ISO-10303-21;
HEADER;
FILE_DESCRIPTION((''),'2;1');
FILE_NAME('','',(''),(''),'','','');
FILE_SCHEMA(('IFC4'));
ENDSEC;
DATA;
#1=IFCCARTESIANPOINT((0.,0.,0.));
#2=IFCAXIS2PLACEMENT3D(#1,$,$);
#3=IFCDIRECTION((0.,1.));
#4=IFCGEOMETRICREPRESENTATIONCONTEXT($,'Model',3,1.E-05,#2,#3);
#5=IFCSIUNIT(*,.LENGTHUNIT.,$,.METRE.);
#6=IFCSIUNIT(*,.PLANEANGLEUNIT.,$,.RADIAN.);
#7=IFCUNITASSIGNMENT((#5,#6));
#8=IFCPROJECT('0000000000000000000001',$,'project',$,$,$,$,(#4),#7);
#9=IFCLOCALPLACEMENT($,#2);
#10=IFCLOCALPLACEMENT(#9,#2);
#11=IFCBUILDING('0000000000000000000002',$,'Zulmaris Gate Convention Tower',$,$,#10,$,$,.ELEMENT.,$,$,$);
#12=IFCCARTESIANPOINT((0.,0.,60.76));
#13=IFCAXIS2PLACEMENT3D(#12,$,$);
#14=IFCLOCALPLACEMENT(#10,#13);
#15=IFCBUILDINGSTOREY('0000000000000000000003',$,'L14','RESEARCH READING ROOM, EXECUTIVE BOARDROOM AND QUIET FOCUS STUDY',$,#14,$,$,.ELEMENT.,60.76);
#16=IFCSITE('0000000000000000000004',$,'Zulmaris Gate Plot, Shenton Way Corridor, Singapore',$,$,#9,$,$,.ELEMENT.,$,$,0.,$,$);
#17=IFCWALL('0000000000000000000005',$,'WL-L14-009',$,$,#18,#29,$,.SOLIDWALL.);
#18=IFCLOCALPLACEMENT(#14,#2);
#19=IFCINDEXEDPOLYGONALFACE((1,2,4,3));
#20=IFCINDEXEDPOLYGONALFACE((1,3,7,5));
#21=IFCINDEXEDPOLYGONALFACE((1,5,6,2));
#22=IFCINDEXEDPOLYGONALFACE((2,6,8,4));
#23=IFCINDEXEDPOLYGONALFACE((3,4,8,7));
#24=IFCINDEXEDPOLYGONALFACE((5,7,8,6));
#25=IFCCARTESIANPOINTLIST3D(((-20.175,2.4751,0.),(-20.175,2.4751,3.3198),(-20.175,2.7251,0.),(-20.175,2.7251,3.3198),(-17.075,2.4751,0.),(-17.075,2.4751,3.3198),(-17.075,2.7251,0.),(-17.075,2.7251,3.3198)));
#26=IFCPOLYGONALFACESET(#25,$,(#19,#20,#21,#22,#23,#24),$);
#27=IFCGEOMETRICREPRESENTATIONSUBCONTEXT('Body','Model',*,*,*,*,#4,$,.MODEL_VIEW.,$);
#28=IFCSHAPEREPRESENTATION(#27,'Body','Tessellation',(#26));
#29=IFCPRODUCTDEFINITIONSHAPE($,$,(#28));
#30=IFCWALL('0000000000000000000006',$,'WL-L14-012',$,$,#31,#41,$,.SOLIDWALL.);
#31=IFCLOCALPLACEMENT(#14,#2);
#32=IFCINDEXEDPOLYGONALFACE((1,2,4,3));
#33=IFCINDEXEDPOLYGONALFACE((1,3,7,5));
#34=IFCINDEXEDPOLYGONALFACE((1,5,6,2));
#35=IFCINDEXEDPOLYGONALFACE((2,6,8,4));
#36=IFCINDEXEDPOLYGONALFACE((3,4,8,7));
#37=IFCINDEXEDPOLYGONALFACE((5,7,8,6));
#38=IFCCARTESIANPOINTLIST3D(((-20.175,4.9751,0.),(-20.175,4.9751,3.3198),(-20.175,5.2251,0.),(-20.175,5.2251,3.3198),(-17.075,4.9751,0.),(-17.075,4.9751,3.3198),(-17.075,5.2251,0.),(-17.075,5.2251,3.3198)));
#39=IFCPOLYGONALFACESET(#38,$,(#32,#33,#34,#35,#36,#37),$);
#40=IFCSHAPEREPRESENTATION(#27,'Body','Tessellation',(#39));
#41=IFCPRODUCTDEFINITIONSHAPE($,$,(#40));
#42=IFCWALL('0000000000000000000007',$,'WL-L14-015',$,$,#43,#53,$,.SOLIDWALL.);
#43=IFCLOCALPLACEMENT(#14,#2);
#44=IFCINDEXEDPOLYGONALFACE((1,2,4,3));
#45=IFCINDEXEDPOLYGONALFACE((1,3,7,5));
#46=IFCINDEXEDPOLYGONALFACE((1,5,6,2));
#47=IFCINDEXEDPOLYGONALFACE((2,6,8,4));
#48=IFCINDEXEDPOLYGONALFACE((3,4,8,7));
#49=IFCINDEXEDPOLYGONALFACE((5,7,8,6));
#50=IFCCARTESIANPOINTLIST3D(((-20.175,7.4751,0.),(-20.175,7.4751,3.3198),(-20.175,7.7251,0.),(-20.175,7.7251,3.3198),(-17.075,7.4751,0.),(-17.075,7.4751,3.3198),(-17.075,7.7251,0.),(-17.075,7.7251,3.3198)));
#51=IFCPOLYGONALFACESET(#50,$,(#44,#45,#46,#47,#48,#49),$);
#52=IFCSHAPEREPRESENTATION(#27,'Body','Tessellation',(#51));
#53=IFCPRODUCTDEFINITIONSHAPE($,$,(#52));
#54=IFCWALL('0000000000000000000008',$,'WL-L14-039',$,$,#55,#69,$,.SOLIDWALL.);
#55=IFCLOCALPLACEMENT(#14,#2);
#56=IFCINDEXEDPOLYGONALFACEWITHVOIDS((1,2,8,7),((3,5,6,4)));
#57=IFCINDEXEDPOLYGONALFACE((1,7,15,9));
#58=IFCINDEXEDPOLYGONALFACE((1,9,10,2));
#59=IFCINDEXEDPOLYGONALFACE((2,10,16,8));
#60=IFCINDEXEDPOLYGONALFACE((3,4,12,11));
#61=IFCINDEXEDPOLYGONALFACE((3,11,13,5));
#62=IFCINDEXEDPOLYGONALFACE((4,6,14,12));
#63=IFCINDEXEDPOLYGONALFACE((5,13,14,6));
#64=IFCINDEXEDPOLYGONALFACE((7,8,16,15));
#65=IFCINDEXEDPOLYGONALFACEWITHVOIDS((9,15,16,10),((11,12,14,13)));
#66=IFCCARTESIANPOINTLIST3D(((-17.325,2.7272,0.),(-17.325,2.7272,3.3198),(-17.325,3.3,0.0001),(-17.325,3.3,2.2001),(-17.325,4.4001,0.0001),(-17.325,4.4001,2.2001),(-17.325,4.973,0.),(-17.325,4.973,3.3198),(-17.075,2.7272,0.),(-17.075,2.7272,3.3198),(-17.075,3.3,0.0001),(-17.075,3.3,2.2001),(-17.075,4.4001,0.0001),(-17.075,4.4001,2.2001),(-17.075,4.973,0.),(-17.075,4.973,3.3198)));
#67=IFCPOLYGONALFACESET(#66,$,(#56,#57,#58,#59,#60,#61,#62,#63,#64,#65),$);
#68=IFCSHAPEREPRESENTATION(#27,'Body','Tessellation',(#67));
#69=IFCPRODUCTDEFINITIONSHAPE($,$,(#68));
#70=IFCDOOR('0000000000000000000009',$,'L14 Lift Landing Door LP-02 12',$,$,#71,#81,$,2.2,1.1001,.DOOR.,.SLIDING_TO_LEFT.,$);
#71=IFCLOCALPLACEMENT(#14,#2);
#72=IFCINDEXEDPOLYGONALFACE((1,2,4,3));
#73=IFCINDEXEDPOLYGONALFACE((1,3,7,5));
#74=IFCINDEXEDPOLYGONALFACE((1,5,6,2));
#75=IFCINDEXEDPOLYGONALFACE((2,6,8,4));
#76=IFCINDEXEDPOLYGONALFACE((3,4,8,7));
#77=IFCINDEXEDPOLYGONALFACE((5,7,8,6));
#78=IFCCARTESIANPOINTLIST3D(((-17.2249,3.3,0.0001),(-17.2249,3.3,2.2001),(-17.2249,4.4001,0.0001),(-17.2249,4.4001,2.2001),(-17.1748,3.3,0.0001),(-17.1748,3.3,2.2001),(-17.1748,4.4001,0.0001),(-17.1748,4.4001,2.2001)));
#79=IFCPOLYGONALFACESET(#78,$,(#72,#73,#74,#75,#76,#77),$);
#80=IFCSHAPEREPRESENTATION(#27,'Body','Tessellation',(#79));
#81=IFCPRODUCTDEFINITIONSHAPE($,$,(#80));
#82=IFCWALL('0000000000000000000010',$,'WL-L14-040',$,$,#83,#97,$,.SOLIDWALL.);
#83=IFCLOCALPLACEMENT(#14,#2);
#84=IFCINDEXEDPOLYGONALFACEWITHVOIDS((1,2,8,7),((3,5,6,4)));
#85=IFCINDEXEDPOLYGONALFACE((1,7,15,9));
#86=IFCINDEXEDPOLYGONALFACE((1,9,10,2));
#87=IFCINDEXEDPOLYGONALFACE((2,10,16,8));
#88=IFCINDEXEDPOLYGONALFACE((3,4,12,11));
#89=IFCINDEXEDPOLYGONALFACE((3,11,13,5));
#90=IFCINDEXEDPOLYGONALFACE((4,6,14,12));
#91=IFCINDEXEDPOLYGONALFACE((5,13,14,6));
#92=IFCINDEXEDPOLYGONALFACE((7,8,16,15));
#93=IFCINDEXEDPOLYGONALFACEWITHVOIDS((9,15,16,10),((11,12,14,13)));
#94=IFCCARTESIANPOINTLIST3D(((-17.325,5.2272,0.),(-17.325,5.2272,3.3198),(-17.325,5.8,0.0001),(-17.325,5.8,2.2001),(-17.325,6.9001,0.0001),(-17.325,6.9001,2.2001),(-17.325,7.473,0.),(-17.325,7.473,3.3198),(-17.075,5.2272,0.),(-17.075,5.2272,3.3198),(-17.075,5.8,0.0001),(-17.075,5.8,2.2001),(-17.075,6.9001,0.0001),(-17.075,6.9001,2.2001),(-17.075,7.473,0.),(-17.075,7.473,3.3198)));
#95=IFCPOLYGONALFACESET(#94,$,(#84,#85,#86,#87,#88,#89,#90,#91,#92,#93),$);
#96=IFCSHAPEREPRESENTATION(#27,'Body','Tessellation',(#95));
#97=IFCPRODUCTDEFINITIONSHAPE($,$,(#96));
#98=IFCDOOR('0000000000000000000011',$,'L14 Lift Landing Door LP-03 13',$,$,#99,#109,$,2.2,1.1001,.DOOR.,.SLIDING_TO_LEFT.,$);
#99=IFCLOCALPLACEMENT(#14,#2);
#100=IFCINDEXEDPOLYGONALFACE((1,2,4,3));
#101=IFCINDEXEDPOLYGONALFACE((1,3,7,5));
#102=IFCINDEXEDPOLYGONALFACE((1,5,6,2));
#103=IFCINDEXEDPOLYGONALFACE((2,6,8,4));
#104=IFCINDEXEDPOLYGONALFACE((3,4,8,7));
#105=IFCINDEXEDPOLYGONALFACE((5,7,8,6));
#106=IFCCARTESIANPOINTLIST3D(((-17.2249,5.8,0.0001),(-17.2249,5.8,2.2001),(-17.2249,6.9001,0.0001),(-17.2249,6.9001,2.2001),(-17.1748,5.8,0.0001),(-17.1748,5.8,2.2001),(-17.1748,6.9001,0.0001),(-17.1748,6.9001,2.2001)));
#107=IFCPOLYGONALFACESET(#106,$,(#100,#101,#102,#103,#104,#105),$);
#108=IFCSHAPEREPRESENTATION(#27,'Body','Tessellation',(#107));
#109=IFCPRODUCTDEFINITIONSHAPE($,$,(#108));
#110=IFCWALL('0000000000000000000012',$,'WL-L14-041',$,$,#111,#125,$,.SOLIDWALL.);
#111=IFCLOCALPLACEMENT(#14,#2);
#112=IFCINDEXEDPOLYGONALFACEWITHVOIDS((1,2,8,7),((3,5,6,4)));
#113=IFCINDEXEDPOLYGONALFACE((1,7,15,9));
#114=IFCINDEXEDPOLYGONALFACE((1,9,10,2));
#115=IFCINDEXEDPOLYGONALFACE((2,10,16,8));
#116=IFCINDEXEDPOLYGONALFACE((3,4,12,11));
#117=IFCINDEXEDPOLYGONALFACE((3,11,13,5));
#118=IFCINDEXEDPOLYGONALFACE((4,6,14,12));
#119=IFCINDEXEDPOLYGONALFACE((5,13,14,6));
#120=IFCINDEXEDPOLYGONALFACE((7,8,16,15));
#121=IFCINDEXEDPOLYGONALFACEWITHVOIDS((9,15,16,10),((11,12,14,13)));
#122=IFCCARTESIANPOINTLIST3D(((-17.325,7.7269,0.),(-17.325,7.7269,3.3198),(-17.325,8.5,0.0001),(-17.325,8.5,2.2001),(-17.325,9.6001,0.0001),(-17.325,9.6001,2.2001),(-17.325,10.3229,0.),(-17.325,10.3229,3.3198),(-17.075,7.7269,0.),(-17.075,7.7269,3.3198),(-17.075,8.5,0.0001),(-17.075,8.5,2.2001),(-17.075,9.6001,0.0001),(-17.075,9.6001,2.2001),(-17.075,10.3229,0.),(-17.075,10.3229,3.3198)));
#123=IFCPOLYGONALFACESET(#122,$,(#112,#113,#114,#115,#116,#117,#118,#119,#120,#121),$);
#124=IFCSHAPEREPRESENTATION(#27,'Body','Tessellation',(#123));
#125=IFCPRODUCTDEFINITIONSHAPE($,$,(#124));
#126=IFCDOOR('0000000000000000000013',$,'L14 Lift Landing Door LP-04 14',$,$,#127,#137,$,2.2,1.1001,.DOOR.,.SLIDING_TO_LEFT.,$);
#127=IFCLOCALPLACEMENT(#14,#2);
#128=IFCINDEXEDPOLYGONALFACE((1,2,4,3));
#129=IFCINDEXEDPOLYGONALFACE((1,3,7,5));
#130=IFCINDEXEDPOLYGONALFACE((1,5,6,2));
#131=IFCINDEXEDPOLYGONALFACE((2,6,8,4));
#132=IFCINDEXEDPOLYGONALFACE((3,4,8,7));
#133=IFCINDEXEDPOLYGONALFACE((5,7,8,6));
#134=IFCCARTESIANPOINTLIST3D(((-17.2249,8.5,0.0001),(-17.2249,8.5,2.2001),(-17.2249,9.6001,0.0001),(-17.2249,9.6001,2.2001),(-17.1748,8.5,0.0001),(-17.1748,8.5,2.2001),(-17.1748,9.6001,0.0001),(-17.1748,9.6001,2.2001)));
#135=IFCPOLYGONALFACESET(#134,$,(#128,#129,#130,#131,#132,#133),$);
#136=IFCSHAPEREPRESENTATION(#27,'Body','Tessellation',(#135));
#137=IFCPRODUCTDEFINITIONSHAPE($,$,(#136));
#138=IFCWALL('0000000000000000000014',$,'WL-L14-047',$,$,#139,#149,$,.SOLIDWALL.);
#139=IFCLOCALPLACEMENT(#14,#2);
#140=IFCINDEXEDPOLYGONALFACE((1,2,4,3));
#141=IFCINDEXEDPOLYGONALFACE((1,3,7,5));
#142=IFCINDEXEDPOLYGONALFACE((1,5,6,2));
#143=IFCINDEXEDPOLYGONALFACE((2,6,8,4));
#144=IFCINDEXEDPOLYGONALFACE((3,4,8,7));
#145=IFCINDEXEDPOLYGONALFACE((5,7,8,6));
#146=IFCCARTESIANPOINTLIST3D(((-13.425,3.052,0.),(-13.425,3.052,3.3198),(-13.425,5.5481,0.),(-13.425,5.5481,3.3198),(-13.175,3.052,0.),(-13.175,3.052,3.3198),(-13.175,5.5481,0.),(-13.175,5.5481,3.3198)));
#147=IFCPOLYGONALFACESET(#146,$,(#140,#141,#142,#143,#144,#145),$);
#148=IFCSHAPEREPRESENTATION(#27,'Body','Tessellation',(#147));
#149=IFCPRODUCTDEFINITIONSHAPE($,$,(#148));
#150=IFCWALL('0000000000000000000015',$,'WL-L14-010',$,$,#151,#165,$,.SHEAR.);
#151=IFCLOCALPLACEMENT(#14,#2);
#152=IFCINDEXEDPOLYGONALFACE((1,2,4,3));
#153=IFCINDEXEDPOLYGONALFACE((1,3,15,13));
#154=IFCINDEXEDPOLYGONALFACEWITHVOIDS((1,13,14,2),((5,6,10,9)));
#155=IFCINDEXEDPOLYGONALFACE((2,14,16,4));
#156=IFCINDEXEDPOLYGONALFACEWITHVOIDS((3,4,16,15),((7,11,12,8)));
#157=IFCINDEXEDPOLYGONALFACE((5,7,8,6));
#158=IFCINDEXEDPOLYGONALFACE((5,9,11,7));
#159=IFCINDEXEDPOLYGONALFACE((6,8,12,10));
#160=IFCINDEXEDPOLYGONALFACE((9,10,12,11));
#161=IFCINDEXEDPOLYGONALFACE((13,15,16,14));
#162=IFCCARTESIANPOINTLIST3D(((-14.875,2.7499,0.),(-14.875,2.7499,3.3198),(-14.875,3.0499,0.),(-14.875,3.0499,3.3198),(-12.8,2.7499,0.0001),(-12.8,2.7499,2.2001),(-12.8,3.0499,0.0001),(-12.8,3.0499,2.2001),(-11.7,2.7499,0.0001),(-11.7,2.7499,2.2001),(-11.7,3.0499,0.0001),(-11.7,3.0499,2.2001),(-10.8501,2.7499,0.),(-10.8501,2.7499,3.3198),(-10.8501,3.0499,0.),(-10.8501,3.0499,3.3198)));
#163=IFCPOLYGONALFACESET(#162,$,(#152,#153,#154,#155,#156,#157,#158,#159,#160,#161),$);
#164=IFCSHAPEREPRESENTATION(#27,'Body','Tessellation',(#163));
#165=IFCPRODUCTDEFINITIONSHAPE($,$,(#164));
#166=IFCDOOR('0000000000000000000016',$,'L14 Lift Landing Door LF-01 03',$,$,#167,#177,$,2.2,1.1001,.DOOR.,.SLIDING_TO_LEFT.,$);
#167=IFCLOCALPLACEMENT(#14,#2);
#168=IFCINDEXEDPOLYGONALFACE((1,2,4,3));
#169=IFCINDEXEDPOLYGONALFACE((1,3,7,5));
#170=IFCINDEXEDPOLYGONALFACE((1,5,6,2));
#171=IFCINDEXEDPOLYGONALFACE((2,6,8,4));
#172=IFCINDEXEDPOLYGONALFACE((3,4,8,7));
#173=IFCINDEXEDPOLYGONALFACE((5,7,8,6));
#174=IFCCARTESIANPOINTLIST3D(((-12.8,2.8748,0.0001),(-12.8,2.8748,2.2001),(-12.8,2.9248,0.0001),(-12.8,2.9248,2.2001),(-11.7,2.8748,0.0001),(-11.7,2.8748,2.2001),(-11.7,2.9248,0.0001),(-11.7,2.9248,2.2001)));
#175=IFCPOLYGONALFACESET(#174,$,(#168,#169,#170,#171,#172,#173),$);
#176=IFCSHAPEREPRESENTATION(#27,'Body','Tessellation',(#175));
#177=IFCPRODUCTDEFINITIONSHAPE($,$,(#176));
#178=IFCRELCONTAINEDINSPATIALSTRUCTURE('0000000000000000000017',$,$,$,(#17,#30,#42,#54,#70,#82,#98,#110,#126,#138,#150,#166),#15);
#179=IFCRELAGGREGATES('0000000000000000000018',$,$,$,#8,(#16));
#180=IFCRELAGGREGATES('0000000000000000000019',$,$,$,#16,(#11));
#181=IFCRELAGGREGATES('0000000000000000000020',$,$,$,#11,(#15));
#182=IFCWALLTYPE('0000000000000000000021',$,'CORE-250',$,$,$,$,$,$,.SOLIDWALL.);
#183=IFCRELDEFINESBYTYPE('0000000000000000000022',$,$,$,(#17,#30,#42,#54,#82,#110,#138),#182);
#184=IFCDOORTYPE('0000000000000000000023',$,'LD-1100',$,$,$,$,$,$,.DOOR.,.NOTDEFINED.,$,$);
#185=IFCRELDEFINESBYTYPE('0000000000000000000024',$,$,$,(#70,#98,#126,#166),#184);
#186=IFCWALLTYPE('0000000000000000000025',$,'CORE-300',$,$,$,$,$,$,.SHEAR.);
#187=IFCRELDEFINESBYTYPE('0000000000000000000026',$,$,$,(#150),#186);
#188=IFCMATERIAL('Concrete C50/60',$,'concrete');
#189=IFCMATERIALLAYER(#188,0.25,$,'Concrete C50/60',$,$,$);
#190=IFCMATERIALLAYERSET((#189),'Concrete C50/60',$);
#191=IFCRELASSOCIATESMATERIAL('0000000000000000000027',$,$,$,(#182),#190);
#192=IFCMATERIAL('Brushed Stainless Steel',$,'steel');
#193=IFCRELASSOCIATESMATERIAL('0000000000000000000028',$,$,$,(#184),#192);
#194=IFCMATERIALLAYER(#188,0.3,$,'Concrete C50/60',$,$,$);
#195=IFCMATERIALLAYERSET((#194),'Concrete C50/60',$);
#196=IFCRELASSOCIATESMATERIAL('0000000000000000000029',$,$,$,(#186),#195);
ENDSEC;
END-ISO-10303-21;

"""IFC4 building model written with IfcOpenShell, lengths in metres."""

from ifc_helpers import new_model, si_unit, direction, frame, frame_2d, origin, place, context, subcontext, project, spatial, rectangle, extrude, material, layer, layer_set, type_object, element, fill, save


model = new_model("IFC4")

# Units and contexts
model_context = context("Model", 3, precision=1e-05, world=origin(), true_north=direction((0.0, 1.0)))
body_context = subcontext(model_context, "Body", "Model", "MODEL_VIEW")
ifc_project = project(units=[si_unit("LENGTHUNIT", "METRE"), si_unit("PLANEANGLEUNIT", "RADIAN")], contexts=[model_context])

# Site, building, storey
site_placement = place(None, origin())
site = spatial("IfcSite", under=ifc_project, at=site_placement, Name="Zulmaris Gate Plot, Shenton Way Corridor, Singapore", CompositionType="ELEMENT", RefElevation=0.0)
building_placement = place(site_placement, origin())
building = spatial("IfcBuilding", under=site, at=building_placement, Name="Zulmaris Gate Convention Tower", CompositionType="ELEMENT")
storey_placement = place(building_placement, frame((0.0, 0.0, 60.76)))
storey = spatial("IfcBuildingStorey", under=building, at=storey_placement, Name="L14", Description="RESEARCH READING ROOM, EXECUTIVE BOARDROOM AND QUIET FOCUS STUDY", CompositionType="ELEMENT", Elevation=60.76)

# Walls
ifc_material_1 = material(Name="Concrete C50/60", Category="concrete")
ifc_layer_1 = layer(ifc_material_1, 0.25, Name="Concrete C50/60")
ifc_layer_set_1 = layer_set([ifc_layer_1], Name="Concrete C50/60")
wall_type_1 = type_object("IfcWallType", Name="CORE-250", PredefinedType="SOLIDWALL", material=ifc_layer_set_1)
for number, where, z_axis, x_axis, name in (
    (1, (-20.175, 2.6001, 0.0), (0.0, 0.0, 1.0), (1.0, 0.0, 0.0), "WL-L14-009"),
    (2, (-20.175, 5.1001, 0.0), (0.0, 0.0, 1.0), (1.0, 0.0, 0.0), "WL-L14-012"),
    (3, (-20.175, 7.6001, 0.0), (0.0, 0.0, 1.0), (1.0, 0.0, 0.0), "WL-L14-015"),
):
    element("IfcWall", number, at=place(storey_placement, frame(where, z_axis=z_axis, x_axis=x_axis)), inside=storey, type_object=wall_type_1, Name=name, PredefinedType="SOLIDWALL", context=body_context, shape_type="SweptSolid", body=[
        extrude(rectangle(XDim=3.1001, YDim=0.25, at=frame_2d((1.55, 0.0))), origin(), (0.0, 0.0, 1.0), 3.3198),
    ])

# Walls, openings, doors
wall_1_placement = place(storey_placement, frame((-17.2, 2.7271, 0.0), z_axis=(0.0, 0.0, 1.0), x_axis=(0.0, 1.0, 0.0)))
wall_1 = element("IfcWall", 4, at=wall_1_placement, inside=storey, type_object=wall_type_1, Name="WL-L14-039", PredefinedType="SOLIDWALL", context=body_context, shape_type="SweptSolid", body=[
    extrude(rectangle(XDim=2.2458, YDim=0.25, at=frame_2d((1.123, 0.0))), origin(), (0.0, 0.0, 1.0), 3.3198),
])
opening_1_placement = place(wall_1_placement, frame((0.573, 0.0, 0.0)))
opening_1 = element("IfcOpeningElement", 5, at=opening_1_placement, cuts=wall_1, PredefinedType="OPENING", context=body_context, shape_type="SweptSolid", body=[
    extrude(rectangle(XDim=1.1001, YDim=2.2, at=frame_2d((0.55, 1.1001))), frame((0.0, 0.135, 0.0), z_axis=(0.0, -1.0, 0.0), x_axis=(1.0, 0.0, 0.0)), (0.0, 0.0, 1.0), 0.27),
])
ifc_material_2 = material(Name="Brushed Stainless Steel", Category="steel")
door_type_1 = type_object("IfcDoorType", Name="LD-1100", OperationType="NOTDEFINED", PredefinedType="DOOR", material=ifc_material_2)
door_1_placement = place(opening_1_placement, origin())
door_1 = element("IfcDoor", 6, at=door_1_placement, inside=storey, type_object=door_type_1, Name="L14 Lift Landing Door LP-02 12", OperationType="SLIDING_TO_LEFT", OverallHeight=2.2, OverallWidth=1.1001, PredefinedType="DOOR", context=body_context, shape_type="SweptSolid", body=[
    extrude(rectangle(XDim=1.1001, YDim=2.2, at=frame_2d((0.55, 1.1001))), frame((0.0, 0.0249, 0.0), z_axis=(0.0, -1.0, 0.0), x_axis=(1.0, 0.0, 0.0)), (0.0, 0.0, 1.0), 0.05),
])
fill(opening_1, door_1)
wall_2_placement = place(storey_placement, frame((-17.2, 5.2271, 0.0), z_axis=(0.0, 0.0, 1.0), x_axis=(0.0, 1.0, 0.0)))
wall_2 = element("IfcWall", 7, at=wall_2_placement, inside=storey, type_object=wall_type_1, Name="WL-L14-040", PredefinedType="SOLIDWALL", context=body_context, shape_type="SweptSolid", body=[
    extrude(rectangle(XDim=2.2458, YDim=0.25, at=frame_2d((1.123, 0.0))), origin(), (0.0, 0.0, 1.0), 3.3198),
])
opening_2_placement = place(wall_2_placement, frame((0.573, 0.0, 0.0)))
opening_2 = element("IfcOpeningElement", 8, at=opening_2_placement, cuts=wall_2, PredefinedType="OPENING", context=body_context, shape_type="SweptSolid", body=[
    extrude(rectangle(XDim=1.1001, YDim=2.2, at=frame_2d((0.55, 1.1001))), frame((0.0, 0.135, 0.0), z_axis=(0.0, -1.0, 0.0), x_axis=(1.0, 0.0, 0.0)), (0.0, 0.0, 1.0), 0.27),
])
door_2_placement = place(opening_2_placement, origin())
door_2 = element("IfcDoor", 9, at=door_2_placement, inside=storey, type_object=door_type_1, Name="L14 Lift Landing Door LP-03 13", OperationType="SLIDING_TO_LEFT", OverallHeight=2.2, OverallWidth=1.1001, PredefinedType="DOOR", context=body_context, shape_type="SweptSolid", body=[
    extrude(rectangle(XDim=1.1001, YDim=2.2, at=frame_2d((0.55, 1.1001))), frame((0.0, 0.0249, 0.0), z_axis=(0.0, -1.0, 0.0), x_axis=(1.0, 0.0, 0.0)), (0.0, 0.0, 1.0), 0.05),
])
fill(opening_2, door_2)
wall_3_placement = place(storey_placement, frame((-17.2, 7.7271, 0.0), z_axis=(0.0, 0.0, 1.0), x_axis=(0.0, 1.0, 0.0)))
wall_3 = element("IfcWall", 10, at=wall_3_placement, inside=storey, type_object=wall_type_1, Name="WL-L14-041", PredefinedType="SOLIDWALL", context=body_context, shape_type="SweptSolid", body=[
    extrude(rectangle(XDim=2.5959, YDim=0.25, at=frame_2d((1.2979, 0.0))), origin(), (0.0, 0.0, 1.0), 3.3198),
])
opening_3_placement = place(wall_3_placement, frame((0.7729, 0.0, 0.0)))
opening_3 = element("IfcOpeningElement", 11, at=opening_3_placement, cuts=wall_3, PredefinedType="OPENING", context=body_context, shape_type="SweptSolid", body=[
    extrude(rectangle(XDim=1.1001, YDim=2.2, at=frame_2d((0.55, 1.1001))), frame((0.0, 0.135, 0.0), z_axis=(0.0, -1.0, 0.0), x_axis=(1.0, 0.0, 0.0)), (0.0, 0.0, 1.0), 0.27),
])
door_3_placement = place(opening_3_placement, origin())
door_3 = element("IfcDoor", 12, at=door_3_placement, inside=storey, type_object=door_type_1, Name="L14 Lift Landing Door LP-04 14", OperationType="SLIDING_TO_LEFT", OverallHeight=2.2, OverallWidth=1.1001, PredefinedType="DOOR", context=body_context, shape_type="SweptSolid", body=[
    extrude(rectangle(XDim=1.1001, YDim=2.2, at=frame_2d((0.55, 1.1001))), frame((0.0, 0.0249, 0.0), z_axis=(0.0, -1.0, 0.0), x_axis=(1.0, 0.0, 0.0)), (0.0, 0.0, 1.0), 0.05),
])
fill(opening_3, door_3)

# Wall
wall_4_placement = place(storey_placement, frame((-13.3, 3.052, 0.0), z_axis=(0.0, 0.0, 1.0), x_axis=(0.0, 1.0, 0.0)))
element("IfcWall", 13, at=wall_4_placement, inside=storey, type_object=wall_type_1, Name="WL-L14-047", PredefinedType="SOLIDWALL", context=body_context, shape_type="SweptSolid", body=[
    extrude(rectangle(XDim=2.4961, YDim=0.25, at=frame_2d((1.248, 0.0))), origin(), (0.0, 0.0, 1.0), 3.3198),
])

# Wall, opening, door
ifc_layer_2 = layer(ifc_material_1, 0.3, Name="Concrete C50/60")
ifc_layer_set_2 = layer_set([ifc_layer_2], Name="Concrete C50/60")
wall_type_2 = type_object("IfcWallType", Name="CORE-300", PredefinedType="SHEAR", material=ifc_layer_set_2)
wall_5_placement = place(storey_placement, frame((-14.875, 2.8999, 0.0), z_axis=(0.0, 0.0, 1.0), x_axis=(1.0, 0.0, 0.0)))
wall_5 = element("IfcWall", 14, at=wall_5_placement, inside=storey, type_object=wall_type_2, Name="WL-L14-010", PredefinedType="SHEAR", context=body_context, shape_type="SweptSolid", body=[
    extrude(rectangle(XDim=4.0249, YDim=0.3, at=frame_2d((2.0125, 0.0))), origin(), (0.0, 0.0, 1.0), 3.3198),
])
opening_4_placement = place(wall_5_placement, frame((2.075, 0.0, 0.0)))
opening_4 = element("IfcOpeningElement", 15, at=opening_4_placement, cuts=wall_5, PredefinedType="OPENING", context=body_context, shape_type="SweptSolid", body=[
    extrude(rectangle(XDim=1.1001, YDim=2.2, at=frame_2d((0.55, 1.1001))), frame((0.0, 0.1602, 0.0), z_axis=(0.0, -1.0, 0.0), x_axis=(1.0, 0.0, 0.0)), (0.0, 0.0, 1.0), 0.3201),
])
door_4_placement = place(opening_4_placement, origin())
door_4 = element("IfcDoor", 16, at=door_4_placement, inside=storey, type_object=door_type_1, Name="L14 Lift Landing Door LF-01 03", OperationType="SLIDING_TO_LEFT", OverallHeight=2.2, OverallWidth=1.1001, PredefinedType="DOOR", context=body_context, shape_type="SweptSolid", body=[
    extrude(rectangle(XDim=1.1001, YDim=2.2, at=frame_2d((0.55, 1.1001))), frame((0.0, 0.0249, 0.0), z_axis=(0.0, -1.0, 0.0), x_axis=(1.0, 0.0, 0.0)), (0.0, 0.0, 1.0), 0.05),
])
fill(opening_4, door_4)

save(model, "model.ifc")
